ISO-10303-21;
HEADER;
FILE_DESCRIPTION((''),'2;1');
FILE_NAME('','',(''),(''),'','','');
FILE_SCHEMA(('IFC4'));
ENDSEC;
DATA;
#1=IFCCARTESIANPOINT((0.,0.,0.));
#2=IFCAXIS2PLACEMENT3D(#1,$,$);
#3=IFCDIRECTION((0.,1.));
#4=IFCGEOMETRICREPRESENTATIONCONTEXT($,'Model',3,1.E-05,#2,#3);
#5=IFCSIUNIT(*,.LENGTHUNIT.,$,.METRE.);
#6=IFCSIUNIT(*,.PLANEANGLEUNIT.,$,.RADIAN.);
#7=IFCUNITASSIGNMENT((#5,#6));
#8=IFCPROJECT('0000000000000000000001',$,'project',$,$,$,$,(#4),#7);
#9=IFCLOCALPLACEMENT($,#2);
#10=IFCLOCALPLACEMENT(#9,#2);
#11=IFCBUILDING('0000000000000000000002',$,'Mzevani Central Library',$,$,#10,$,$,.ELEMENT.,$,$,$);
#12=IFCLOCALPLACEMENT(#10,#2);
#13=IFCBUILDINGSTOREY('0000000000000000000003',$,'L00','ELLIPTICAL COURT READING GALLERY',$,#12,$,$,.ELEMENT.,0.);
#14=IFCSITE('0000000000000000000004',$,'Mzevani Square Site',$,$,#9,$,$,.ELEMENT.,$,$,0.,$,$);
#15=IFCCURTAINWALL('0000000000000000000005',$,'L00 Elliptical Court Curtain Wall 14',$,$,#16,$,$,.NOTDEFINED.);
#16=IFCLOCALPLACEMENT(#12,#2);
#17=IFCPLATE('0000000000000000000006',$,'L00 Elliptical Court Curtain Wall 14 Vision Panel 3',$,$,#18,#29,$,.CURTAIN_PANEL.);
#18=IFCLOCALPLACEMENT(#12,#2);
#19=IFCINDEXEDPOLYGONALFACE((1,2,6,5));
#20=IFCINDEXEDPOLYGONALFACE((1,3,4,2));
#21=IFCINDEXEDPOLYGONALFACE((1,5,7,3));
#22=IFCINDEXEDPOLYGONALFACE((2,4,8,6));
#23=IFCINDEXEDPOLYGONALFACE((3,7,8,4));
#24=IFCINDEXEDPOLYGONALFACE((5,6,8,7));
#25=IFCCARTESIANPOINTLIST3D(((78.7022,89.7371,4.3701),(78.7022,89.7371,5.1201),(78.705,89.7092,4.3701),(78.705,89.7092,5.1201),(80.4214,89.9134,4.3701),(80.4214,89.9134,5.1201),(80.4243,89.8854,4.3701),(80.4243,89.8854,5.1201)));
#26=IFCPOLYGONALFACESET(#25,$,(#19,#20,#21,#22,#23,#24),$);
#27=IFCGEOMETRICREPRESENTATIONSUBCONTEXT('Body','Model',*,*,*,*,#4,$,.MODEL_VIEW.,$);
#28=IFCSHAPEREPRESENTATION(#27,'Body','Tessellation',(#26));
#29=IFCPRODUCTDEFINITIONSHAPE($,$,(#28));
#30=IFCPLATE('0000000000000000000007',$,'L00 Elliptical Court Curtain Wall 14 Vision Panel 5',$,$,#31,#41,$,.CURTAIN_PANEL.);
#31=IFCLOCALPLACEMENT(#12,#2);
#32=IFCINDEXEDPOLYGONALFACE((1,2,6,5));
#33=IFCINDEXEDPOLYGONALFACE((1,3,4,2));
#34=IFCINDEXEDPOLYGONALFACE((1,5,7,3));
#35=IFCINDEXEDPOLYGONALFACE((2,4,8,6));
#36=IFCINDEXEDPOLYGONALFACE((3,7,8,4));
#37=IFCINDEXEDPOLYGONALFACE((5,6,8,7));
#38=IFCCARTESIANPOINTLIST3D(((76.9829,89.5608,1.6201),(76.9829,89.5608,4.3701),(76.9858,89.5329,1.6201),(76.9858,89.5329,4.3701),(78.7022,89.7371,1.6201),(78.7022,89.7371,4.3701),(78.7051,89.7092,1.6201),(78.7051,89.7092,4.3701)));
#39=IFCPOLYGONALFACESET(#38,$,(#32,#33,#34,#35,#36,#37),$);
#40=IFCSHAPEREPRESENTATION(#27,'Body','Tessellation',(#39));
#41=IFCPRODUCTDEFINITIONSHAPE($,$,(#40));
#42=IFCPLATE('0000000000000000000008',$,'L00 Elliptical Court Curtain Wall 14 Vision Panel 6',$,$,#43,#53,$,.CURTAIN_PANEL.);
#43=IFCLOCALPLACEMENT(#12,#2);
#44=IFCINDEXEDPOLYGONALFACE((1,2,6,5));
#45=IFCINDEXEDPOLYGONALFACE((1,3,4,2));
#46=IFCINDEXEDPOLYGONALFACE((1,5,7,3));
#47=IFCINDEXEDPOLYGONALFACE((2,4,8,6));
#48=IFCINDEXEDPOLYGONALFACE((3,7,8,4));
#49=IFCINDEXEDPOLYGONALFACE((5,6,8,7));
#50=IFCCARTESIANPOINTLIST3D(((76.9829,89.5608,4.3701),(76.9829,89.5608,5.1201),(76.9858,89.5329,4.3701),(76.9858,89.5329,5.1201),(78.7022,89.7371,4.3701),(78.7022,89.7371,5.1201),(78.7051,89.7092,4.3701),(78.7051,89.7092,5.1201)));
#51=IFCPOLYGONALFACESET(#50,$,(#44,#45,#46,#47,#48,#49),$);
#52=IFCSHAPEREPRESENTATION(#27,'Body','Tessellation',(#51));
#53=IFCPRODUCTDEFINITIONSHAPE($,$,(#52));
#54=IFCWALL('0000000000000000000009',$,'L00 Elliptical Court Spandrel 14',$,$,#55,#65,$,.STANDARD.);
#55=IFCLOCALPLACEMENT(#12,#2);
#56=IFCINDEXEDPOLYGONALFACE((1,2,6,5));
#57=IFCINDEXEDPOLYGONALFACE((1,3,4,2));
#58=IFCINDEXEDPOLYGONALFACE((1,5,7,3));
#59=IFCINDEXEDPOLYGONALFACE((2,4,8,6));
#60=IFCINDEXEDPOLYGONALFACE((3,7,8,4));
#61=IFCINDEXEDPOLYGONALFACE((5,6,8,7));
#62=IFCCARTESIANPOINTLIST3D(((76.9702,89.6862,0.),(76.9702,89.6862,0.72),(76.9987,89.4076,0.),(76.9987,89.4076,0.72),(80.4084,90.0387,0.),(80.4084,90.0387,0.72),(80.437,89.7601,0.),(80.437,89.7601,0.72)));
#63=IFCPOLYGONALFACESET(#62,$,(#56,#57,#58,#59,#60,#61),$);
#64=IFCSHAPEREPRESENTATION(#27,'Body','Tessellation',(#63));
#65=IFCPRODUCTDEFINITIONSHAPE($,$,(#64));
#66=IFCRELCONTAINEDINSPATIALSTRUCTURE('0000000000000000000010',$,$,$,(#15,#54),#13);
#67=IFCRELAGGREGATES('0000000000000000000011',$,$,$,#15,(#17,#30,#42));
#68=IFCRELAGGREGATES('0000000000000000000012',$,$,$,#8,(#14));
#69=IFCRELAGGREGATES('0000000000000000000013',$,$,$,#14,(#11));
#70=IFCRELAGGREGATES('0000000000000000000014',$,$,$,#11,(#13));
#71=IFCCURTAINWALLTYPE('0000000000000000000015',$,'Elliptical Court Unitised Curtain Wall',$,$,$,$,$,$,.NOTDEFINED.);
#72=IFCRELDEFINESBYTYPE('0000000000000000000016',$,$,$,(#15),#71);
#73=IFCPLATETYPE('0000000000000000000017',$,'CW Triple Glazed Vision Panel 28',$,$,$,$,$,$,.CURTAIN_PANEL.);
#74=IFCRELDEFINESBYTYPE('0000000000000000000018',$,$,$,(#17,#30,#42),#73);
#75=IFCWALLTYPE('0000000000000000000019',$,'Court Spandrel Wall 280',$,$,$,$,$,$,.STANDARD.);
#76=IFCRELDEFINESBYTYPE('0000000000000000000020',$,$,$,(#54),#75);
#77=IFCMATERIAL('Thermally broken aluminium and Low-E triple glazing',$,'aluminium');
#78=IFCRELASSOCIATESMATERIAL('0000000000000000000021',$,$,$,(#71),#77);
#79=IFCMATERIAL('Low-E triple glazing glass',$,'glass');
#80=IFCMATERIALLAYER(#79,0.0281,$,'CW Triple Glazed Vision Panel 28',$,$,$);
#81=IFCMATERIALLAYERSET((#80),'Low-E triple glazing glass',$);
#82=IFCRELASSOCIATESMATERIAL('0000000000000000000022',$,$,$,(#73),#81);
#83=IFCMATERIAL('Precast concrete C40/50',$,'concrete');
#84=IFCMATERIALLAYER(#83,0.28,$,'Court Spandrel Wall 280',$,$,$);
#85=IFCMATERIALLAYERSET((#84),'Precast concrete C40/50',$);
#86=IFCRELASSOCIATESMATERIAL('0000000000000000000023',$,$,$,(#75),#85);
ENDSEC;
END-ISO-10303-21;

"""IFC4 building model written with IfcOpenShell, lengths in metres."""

from ifc_helpers import new_model, si_unit, direction, frame, frame_2d, origin, origin_2d, place, context, subcontext, project, spatial, rectangle, extrude, material, layer, layer_set, type_object, element, aggregate, save


model = new_model("IFC4")

# Units and contexts
model_context = context("Model", 3, precision=1e-05, world=origin(), true_north=direction((0.0, 1.0)))
body_context = subcontext(model_context, "Body", "Model", "MODEL_VIEW")
ifc_project = project(units=[si_unit("LENGTHUNIT", "METRE"), si_unit("PLANEANGLEUNIT", "RADIAN")], contexts=[model_context])

# Site, building, storey
site_placement = place(None, origin())
site = spatial("IfcSite", under=ifc_project, at=site_placement, Name="Mzevani Square Site", CompositionType="ELEMENT", RefElevation=0.0)
building_placement = place(site_placement, origin())
building = spatial("IfcBuilding", under=site, at=building_placement, Name="Mzevani Central Library", CompositionType="ELEMENT")
storey_placement = place(building_placement, origin())
storey = spatial("IfcBuildingStorey", under=building, at=storey_placement, Name="L00", Description="ELLIPTICAL COURT READING GALLERY", CompositionType="ELEMENT", Elevation=0.0)

# Shared definitions
ifc_material_1 = material(Name="Thermally broken aluminium and Low-E triple glazing", Category="aluminium")
curtain_wall_type_1 = type_object("IfcCurtainWallType", Name="Elliptical Court Unitised Curtain Wall", PredefinedType="NOTDEFINED", material=ifc_material_1)

# Curtain wall
curtain_wall_1_placement = place(storey_placement, origin())
curtain_wall_1 = element("IfcCurtainWall", 1, at=curtain_wall_1_placement, inside=storey, type_object=curtain_wall_type_1, Name="L00 Elliptical Court Curtain Wall 14", PredefinedType="NOTDEFINED")

# Plates
ifc_material_2 = material(Name="Low-E triple glazing glass", Category="glass")
ifc_layer_1 = layer(ifc_material_2, 0.0281, Name="CW Triple Glazed Vision Panel 28")
ifc_layer_set_1 = layer_set([ifc_layer_1], Name="Low-E triple glazing glass")
plate_type_1 = type_object("IfcPlateType", Name="CW Triple Glazed Vision Panel 28", PredefinedType="CURTAIN_PANEL", material=ifc_layer_set_1)
plate_1_placement = place(storey_placement, frame((79.5632, 89.8113, 4.3701), z_axis=(0.0, 0.0, 1.0), x_axis=(-0.994786, -0.101987, 0.0)))
plate_1 = element("IfcPlate", 2, at=plate_1_placement, type_object=plate_type_1, Name="L00 Elliptical Court Curtain Wall 14 Vision Panel 3", PredefinedType="CURTAIN_PANEL", context=body_context, shape_type="SweptSolid", body=[
    extrude(rectangle(XDim=1.7283, YDim=0.0281, at=origin_2d()), origin(), (0.0, 0.0, 1.0), 0.75),
])
plate_2_placement = place(storey_placement, frame((77.844, 89.635, 1.6201), z_axis=(0.0, 0.0, 1.0), x_axis=(-0.994786, -0.101987, 0.0)))
plate_2 = element("IfcPlate", 3, at=plate_2_placement, type_object=plate_type_1, Name="L00 Elliptical Court Curtain Wall 14 Vision Panel 5", PredefinedType="CURTAIN_PANEL", context=body_context, shape_type="SweptSolid", body=[
    extrude(rectangle(XDim=1.7283, YDim=0.0281, at=origin_2d()), origin(), (0.0, 0.0, 1.0), 2.75),
])
plate_3_placement = place(storey_placement, frame((77.844, 89.635, 4.3701), z_axis=(0.0, 0.0, 1.0), x_axis=(-0.994786, -0.101987, 0.0)))
plate_3 = element("IfcPlate", 4, at=plate_3_placement, type_object=plate_type_1, Name="L00 Elliptical Court Curtain Wall 14 Vision Panel 6", PredefinedType="CURTAIN_PANEL", context=body_context, shape_type="SweptSolid", body=[
    extrude(rectangle(XDim=1.7283, YDim=0.0281, at=origin_2d()), origin(), (0.0, 0.0, 1.0), 0.75),
])
aggregate(curtain_wall_1, [plate_1, plate_2, plate_3])

# Wall
ifc_material_3 = material(Name="Precast concrete C40/50", Category="concrete")
ifc_layer_2 = layer(ifc_material_3, 0.28, Name="Court Spandrel Wall 280")
ifc_layer_set_2 = layer_set([ifc_layer_2], Name="Precast concrete C40/50")
wall_type = type_object("IfcWallType", Name="Court Spandrel Wall 280", PredefinedType="STANDARD", material=ifc_layer_set_2)
wall_placement = place(storey_placement, frame((80.4226, 89.8994, 0.0), z_axis=(0.0, 0.0, 1.0), x_axis=(-0.994784, -0.102, 0.0)))
element("IfcWall", 5, at=wall_placement, inside=storey, type_object=wall_type, Name="L00 Elliptical Court Spandrel 14", PredefinedType="STANDARD", context=body_context, shape_type="SweptSolid", body=[
    extrude(rectangle(XDim=3.4563, YDim=0.28, at=frame_2d((1.728, 0.0))), origin(), (0.0, 0.0, 1.0), 0.72),
])

save(model, "model.ifc")
